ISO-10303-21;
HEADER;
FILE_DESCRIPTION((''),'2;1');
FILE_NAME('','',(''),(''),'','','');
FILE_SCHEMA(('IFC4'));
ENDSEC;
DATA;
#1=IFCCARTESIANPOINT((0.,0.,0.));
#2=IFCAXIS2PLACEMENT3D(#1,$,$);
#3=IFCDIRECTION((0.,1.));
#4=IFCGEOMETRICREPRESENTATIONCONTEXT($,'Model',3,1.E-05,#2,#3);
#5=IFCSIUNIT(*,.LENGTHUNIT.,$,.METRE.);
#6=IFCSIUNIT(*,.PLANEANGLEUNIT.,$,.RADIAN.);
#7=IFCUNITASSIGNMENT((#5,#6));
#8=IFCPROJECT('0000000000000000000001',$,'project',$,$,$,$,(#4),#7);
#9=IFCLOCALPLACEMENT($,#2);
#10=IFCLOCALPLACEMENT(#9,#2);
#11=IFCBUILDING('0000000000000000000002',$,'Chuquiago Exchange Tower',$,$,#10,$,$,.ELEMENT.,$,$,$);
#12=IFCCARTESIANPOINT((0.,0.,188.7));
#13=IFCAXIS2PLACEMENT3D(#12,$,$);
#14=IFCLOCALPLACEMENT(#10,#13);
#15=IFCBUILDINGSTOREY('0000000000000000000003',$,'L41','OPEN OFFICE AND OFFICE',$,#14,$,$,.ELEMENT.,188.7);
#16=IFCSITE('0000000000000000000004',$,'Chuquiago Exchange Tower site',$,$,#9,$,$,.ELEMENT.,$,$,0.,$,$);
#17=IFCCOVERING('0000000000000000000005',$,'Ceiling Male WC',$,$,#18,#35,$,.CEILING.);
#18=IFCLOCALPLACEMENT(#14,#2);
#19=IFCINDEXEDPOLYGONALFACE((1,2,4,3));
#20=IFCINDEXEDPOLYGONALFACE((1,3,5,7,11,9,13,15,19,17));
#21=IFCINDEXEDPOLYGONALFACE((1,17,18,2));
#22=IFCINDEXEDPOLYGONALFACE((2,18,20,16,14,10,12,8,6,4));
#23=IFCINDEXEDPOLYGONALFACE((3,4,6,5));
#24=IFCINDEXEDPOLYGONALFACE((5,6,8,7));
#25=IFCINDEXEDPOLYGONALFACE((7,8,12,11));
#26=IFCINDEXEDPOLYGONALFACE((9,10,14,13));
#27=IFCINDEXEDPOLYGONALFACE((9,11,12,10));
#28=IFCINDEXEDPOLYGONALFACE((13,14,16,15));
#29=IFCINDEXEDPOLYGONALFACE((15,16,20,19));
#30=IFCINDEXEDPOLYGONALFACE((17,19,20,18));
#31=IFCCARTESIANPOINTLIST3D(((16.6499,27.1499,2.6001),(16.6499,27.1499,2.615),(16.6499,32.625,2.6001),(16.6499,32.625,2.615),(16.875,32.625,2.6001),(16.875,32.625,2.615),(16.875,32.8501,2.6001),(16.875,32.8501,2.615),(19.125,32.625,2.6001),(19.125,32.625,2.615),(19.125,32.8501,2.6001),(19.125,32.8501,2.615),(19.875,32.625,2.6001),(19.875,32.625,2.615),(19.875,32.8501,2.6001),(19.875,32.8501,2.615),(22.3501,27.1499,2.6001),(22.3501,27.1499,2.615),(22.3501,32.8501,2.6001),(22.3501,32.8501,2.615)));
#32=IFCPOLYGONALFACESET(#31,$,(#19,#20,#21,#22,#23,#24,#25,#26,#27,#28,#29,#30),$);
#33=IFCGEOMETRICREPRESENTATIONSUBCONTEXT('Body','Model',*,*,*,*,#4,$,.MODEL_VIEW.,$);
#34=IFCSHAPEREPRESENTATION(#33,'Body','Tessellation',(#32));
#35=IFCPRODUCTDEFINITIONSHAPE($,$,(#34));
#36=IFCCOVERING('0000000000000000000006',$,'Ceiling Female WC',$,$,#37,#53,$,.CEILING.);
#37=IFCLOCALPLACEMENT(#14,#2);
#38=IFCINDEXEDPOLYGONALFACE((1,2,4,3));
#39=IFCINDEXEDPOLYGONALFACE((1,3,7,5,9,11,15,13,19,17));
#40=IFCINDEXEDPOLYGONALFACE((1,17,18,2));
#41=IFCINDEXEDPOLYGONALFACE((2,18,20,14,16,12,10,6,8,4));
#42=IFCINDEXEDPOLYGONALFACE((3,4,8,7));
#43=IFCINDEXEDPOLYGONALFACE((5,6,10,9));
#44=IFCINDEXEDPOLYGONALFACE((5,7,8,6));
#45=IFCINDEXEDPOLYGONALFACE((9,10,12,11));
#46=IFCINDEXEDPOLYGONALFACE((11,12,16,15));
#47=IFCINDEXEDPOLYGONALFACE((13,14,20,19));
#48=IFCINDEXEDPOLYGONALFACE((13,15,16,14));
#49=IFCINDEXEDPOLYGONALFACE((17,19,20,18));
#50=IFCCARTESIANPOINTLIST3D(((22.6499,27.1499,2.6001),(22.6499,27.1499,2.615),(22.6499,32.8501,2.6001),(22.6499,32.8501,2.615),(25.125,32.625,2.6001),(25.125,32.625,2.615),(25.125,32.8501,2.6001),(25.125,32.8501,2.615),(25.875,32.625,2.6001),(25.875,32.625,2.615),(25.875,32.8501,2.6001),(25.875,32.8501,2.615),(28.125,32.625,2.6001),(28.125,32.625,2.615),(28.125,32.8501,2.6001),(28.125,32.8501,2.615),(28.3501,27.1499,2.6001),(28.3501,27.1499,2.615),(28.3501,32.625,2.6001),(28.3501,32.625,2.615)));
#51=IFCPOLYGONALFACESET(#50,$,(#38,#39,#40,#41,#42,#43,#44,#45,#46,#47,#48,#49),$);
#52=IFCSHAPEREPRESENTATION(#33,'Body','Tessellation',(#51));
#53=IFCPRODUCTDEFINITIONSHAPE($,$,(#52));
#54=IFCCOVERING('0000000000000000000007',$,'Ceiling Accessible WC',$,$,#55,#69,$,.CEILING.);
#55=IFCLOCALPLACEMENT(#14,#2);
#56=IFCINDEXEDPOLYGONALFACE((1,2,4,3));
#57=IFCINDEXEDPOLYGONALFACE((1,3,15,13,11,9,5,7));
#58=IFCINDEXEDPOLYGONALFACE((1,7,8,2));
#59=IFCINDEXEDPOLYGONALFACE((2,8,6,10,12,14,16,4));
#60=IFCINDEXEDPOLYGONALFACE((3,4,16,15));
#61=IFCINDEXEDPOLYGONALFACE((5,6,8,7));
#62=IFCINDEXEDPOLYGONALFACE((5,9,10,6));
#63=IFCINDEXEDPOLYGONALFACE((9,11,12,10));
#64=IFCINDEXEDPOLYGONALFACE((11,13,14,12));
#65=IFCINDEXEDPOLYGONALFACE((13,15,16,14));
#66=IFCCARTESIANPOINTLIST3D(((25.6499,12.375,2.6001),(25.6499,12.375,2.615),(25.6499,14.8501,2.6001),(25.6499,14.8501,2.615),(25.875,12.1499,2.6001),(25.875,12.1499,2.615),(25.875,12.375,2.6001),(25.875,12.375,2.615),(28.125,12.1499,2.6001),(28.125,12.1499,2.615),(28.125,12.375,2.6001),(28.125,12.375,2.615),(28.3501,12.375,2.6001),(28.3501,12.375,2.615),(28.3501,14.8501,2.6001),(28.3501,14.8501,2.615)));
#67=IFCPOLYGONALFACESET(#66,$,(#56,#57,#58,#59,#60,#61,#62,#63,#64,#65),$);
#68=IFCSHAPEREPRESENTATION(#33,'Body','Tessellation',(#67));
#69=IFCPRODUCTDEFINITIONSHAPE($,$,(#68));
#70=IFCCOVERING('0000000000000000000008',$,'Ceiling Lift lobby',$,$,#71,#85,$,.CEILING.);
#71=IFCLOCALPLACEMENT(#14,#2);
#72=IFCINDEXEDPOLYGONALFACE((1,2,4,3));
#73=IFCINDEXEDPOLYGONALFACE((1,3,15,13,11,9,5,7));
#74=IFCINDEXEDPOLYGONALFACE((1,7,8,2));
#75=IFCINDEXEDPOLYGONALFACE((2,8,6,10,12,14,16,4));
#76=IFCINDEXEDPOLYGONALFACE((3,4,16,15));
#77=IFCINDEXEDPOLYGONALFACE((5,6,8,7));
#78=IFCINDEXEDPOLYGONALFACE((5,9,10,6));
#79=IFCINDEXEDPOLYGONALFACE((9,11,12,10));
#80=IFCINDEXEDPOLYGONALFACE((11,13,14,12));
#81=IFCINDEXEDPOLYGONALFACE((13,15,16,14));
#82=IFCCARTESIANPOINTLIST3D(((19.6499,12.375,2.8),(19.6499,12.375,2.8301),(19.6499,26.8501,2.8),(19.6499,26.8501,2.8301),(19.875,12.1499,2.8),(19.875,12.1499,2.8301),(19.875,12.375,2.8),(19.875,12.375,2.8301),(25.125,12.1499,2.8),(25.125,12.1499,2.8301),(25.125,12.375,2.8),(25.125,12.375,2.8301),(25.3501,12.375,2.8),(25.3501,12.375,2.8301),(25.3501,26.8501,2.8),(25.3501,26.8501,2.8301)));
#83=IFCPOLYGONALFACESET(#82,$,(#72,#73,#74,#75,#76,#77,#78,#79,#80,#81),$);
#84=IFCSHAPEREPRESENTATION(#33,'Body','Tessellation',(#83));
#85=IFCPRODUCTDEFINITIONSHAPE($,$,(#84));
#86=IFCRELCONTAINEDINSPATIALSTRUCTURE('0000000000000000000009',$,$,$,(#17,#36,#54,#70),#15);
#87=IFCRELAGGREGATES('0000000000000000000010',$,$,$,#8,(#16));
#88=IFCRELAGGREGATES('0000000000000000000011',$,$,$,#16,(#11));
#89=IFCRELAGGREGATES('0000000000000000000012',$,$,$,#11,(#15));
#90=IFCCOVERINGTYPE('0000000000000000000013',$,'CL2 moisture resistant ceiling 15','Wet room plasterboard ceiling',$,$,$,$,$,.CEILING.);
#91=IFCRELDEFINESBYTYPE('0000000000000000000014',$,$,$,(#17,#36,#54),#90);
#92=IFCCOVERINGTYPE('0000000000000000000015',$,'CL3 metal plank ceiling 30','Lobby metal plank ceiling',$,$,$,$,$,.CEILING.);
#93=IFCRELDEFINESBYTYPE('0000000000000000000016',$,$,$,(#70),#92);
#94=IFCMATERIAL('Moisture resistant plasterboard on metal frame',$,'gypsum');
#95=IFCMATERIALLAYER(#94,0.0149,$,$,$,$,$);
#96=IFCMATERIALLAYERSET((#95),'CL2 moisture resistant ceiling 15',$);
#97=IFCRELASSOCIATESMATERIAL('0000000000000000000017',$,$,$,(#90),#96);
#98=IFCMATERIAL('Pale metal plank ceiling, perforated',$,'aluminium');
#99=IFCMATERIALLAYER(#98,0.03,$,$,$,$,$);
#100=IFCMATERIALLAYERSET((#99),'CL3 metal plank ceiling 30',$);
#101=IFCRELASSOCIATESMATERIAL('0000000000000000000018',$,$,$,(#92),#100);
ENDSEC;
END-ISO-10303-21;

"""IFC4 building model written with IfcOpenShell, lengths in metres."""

from ifc_helpers import new_model, si_unit, direction, frame, origin, place, context, subcontext, project, spatial, polyline, outline, extrude, material, layer, layer_set, type_object, element, save


model = new_model("IFC4")

# Units and contexts
model_context = context("Model", 3, precision=1e-05, world=origin(), true_north=direction((0.0, 1.0)))
body_context = subcontext(model_context, "Body", "Model", "MODEL_VIEW")
ifc_project = project(units=[si_unit("LENGTHUNIT", "METRE"), si_unit("PLANEANGLEUNIT", "RADIAN")], contexts=[model_context])

# Site, building, storey
site_placement = place(None, origin())
site = spatial("IfcSite", under=ifc_project, at=site_placement, Name="Chuquiago Exchange Tower site", CompositionType="ELEMENT", RefElevation=0.0)
building_placement = place(site_placement, origin())
building = spatial("IfcBuilding", under=site, at=building_placement, Name="Chuquiago Exchange Tower", CompositionType="ELEMENT")
storey_placement = place(building_placement, frame((0.0, 0.0, 188.7)))
storey = spatial("IfcBuildingStorey", under=building, at=storey_placement, Name="L41", Description="OPEN OFFICE AND OFFICE", CompositionType="ELEMENT", Elevation=188.7)

# Coverings
ifc_material_1 = material(Name="Moisture resistant plasterboard on metal frame", Category="gypsum")
ifc_layer_1 = layer(ifc_material_1, 0.0149)
ifc_layer_set_1 = layer_set([ifc_layer_1], Name="CL2 moisture resistant ceiling 15")
covering_type_1 = type_object("IfcCoveringType", Name="CL2 moisture resistant ceiling 15", Description="Wet room plasterboard ceiling", PredefinedType="CEILING", material=ifc_layer_set_1)
covering_1_placement = place(storey_placement, frame((0.0, 0.0, 2.6001)))
element("IfcCovering", 1, at=covering_1_placement, inside=storey, type_object=covering_type_1, Name="Ceiling Male WC", PredefinedType="CEILING", context=body_context, shape_type="SweptSolid", body=[
    extrude(outline(polyline([(16.6499, 27.1499), (16.6499, 32.625), (16.875, 32.625), (16.875, 32.8501), (19.125, 32.8501), (19.125, 32.625), (19.875, 32.625), (19.875, 32.8501), (22.3501, 32.8501), (22.3501, 27.1499), (16.6499, 27.1499)])), origin(), (0.0, 0.0, 1.0), 0.0149),
])
covering_2_placement = place(storey_placement, frame((0.0, 0.0, 2.6001)))
element("IfcCovering", 2, at=covering_2_placement, inside=storey, type_object=covering_type_1, Name="Ceiling Female WC", PredefinedType="CEILING", context=body_context, shape_type="SweptSolid", body=[
    extrude(outline(polyline([(22.6499, 27.1499), (22.6499, 32.8501), (25.125, 32.8501), (25.125, 32.625), (25.875, 32.625), (25.875, 32.8501), (28.125, 32.8501), (28.125, 32.625), (28.3501, 32.625), (28.3501, 27.1499), (22.6499, 27.1499)])), origin(), (0.0, 0.0, 1.0), 0.0149),
])
covering_3_placement = place(storey_placement, frame((0.0, 0.0, 2.6001)))
element("IfcCovering", 3, at=covering_3_placement, inside=storey, type_object=covering_type_1, Name="Ceiling Accessible WC", PredefinedType="CEILING", context=body_context, shape_type="SweptSolid", body=[
    extrude(outline(polyline([(25.875, 12.1499), (25.875, 12.375), (25.6499, 12.375), (25.6499, 14.8501), (28.3501, 14.8501), (28.3501, 12.375), (28.125, 12.375), (28.125, 12.1499), (25.875, 12.1499)])), origin(), (0.0, 0.0, 1.0), 0.0149),
])
ifc_material_2 = material(Name="Pale metal plank ceiling, perforated", Category="aluminium")
ifc_layer_2 = layer(ifc_material_2, 0.03)
ifc_layer_set_2 = layer_set([ifc_layer_2], Name="CL3 metal plank ceiling 30")
covering_type_2 = type_object("IfcCoveringType", Name="CL3 metal plank ceiling 30", Description="Lobby metal plank ceiling", PredefinedType="CEILING", material=ifc_layer_set_2)
covering_4_placement = place(storey_placement, frame((0.0, 0.0, 2.8)))
element("IfcCovering", 4, at=covering_4_placement, inside=storey, type_object=covering_type_2, Name="Ceiling Lift lobby", PredefinedType="CEILING", context=body_context, shape_type="SweptSolid", body=[
    extrude(outline(polyline([(19.875, 12.1499), (19.875, 12.375), (19.6499, 12.375), (19.6499, 26.8501), (25.3501, 26.8501), (25.3501, 12.375), (25.125, 12.375), (25.125, 12.1499), (19.875, 12.1499)])), origin(), (0.0, 0.0, 1.0), 0.03),
])

save(model, "model.ifc")
